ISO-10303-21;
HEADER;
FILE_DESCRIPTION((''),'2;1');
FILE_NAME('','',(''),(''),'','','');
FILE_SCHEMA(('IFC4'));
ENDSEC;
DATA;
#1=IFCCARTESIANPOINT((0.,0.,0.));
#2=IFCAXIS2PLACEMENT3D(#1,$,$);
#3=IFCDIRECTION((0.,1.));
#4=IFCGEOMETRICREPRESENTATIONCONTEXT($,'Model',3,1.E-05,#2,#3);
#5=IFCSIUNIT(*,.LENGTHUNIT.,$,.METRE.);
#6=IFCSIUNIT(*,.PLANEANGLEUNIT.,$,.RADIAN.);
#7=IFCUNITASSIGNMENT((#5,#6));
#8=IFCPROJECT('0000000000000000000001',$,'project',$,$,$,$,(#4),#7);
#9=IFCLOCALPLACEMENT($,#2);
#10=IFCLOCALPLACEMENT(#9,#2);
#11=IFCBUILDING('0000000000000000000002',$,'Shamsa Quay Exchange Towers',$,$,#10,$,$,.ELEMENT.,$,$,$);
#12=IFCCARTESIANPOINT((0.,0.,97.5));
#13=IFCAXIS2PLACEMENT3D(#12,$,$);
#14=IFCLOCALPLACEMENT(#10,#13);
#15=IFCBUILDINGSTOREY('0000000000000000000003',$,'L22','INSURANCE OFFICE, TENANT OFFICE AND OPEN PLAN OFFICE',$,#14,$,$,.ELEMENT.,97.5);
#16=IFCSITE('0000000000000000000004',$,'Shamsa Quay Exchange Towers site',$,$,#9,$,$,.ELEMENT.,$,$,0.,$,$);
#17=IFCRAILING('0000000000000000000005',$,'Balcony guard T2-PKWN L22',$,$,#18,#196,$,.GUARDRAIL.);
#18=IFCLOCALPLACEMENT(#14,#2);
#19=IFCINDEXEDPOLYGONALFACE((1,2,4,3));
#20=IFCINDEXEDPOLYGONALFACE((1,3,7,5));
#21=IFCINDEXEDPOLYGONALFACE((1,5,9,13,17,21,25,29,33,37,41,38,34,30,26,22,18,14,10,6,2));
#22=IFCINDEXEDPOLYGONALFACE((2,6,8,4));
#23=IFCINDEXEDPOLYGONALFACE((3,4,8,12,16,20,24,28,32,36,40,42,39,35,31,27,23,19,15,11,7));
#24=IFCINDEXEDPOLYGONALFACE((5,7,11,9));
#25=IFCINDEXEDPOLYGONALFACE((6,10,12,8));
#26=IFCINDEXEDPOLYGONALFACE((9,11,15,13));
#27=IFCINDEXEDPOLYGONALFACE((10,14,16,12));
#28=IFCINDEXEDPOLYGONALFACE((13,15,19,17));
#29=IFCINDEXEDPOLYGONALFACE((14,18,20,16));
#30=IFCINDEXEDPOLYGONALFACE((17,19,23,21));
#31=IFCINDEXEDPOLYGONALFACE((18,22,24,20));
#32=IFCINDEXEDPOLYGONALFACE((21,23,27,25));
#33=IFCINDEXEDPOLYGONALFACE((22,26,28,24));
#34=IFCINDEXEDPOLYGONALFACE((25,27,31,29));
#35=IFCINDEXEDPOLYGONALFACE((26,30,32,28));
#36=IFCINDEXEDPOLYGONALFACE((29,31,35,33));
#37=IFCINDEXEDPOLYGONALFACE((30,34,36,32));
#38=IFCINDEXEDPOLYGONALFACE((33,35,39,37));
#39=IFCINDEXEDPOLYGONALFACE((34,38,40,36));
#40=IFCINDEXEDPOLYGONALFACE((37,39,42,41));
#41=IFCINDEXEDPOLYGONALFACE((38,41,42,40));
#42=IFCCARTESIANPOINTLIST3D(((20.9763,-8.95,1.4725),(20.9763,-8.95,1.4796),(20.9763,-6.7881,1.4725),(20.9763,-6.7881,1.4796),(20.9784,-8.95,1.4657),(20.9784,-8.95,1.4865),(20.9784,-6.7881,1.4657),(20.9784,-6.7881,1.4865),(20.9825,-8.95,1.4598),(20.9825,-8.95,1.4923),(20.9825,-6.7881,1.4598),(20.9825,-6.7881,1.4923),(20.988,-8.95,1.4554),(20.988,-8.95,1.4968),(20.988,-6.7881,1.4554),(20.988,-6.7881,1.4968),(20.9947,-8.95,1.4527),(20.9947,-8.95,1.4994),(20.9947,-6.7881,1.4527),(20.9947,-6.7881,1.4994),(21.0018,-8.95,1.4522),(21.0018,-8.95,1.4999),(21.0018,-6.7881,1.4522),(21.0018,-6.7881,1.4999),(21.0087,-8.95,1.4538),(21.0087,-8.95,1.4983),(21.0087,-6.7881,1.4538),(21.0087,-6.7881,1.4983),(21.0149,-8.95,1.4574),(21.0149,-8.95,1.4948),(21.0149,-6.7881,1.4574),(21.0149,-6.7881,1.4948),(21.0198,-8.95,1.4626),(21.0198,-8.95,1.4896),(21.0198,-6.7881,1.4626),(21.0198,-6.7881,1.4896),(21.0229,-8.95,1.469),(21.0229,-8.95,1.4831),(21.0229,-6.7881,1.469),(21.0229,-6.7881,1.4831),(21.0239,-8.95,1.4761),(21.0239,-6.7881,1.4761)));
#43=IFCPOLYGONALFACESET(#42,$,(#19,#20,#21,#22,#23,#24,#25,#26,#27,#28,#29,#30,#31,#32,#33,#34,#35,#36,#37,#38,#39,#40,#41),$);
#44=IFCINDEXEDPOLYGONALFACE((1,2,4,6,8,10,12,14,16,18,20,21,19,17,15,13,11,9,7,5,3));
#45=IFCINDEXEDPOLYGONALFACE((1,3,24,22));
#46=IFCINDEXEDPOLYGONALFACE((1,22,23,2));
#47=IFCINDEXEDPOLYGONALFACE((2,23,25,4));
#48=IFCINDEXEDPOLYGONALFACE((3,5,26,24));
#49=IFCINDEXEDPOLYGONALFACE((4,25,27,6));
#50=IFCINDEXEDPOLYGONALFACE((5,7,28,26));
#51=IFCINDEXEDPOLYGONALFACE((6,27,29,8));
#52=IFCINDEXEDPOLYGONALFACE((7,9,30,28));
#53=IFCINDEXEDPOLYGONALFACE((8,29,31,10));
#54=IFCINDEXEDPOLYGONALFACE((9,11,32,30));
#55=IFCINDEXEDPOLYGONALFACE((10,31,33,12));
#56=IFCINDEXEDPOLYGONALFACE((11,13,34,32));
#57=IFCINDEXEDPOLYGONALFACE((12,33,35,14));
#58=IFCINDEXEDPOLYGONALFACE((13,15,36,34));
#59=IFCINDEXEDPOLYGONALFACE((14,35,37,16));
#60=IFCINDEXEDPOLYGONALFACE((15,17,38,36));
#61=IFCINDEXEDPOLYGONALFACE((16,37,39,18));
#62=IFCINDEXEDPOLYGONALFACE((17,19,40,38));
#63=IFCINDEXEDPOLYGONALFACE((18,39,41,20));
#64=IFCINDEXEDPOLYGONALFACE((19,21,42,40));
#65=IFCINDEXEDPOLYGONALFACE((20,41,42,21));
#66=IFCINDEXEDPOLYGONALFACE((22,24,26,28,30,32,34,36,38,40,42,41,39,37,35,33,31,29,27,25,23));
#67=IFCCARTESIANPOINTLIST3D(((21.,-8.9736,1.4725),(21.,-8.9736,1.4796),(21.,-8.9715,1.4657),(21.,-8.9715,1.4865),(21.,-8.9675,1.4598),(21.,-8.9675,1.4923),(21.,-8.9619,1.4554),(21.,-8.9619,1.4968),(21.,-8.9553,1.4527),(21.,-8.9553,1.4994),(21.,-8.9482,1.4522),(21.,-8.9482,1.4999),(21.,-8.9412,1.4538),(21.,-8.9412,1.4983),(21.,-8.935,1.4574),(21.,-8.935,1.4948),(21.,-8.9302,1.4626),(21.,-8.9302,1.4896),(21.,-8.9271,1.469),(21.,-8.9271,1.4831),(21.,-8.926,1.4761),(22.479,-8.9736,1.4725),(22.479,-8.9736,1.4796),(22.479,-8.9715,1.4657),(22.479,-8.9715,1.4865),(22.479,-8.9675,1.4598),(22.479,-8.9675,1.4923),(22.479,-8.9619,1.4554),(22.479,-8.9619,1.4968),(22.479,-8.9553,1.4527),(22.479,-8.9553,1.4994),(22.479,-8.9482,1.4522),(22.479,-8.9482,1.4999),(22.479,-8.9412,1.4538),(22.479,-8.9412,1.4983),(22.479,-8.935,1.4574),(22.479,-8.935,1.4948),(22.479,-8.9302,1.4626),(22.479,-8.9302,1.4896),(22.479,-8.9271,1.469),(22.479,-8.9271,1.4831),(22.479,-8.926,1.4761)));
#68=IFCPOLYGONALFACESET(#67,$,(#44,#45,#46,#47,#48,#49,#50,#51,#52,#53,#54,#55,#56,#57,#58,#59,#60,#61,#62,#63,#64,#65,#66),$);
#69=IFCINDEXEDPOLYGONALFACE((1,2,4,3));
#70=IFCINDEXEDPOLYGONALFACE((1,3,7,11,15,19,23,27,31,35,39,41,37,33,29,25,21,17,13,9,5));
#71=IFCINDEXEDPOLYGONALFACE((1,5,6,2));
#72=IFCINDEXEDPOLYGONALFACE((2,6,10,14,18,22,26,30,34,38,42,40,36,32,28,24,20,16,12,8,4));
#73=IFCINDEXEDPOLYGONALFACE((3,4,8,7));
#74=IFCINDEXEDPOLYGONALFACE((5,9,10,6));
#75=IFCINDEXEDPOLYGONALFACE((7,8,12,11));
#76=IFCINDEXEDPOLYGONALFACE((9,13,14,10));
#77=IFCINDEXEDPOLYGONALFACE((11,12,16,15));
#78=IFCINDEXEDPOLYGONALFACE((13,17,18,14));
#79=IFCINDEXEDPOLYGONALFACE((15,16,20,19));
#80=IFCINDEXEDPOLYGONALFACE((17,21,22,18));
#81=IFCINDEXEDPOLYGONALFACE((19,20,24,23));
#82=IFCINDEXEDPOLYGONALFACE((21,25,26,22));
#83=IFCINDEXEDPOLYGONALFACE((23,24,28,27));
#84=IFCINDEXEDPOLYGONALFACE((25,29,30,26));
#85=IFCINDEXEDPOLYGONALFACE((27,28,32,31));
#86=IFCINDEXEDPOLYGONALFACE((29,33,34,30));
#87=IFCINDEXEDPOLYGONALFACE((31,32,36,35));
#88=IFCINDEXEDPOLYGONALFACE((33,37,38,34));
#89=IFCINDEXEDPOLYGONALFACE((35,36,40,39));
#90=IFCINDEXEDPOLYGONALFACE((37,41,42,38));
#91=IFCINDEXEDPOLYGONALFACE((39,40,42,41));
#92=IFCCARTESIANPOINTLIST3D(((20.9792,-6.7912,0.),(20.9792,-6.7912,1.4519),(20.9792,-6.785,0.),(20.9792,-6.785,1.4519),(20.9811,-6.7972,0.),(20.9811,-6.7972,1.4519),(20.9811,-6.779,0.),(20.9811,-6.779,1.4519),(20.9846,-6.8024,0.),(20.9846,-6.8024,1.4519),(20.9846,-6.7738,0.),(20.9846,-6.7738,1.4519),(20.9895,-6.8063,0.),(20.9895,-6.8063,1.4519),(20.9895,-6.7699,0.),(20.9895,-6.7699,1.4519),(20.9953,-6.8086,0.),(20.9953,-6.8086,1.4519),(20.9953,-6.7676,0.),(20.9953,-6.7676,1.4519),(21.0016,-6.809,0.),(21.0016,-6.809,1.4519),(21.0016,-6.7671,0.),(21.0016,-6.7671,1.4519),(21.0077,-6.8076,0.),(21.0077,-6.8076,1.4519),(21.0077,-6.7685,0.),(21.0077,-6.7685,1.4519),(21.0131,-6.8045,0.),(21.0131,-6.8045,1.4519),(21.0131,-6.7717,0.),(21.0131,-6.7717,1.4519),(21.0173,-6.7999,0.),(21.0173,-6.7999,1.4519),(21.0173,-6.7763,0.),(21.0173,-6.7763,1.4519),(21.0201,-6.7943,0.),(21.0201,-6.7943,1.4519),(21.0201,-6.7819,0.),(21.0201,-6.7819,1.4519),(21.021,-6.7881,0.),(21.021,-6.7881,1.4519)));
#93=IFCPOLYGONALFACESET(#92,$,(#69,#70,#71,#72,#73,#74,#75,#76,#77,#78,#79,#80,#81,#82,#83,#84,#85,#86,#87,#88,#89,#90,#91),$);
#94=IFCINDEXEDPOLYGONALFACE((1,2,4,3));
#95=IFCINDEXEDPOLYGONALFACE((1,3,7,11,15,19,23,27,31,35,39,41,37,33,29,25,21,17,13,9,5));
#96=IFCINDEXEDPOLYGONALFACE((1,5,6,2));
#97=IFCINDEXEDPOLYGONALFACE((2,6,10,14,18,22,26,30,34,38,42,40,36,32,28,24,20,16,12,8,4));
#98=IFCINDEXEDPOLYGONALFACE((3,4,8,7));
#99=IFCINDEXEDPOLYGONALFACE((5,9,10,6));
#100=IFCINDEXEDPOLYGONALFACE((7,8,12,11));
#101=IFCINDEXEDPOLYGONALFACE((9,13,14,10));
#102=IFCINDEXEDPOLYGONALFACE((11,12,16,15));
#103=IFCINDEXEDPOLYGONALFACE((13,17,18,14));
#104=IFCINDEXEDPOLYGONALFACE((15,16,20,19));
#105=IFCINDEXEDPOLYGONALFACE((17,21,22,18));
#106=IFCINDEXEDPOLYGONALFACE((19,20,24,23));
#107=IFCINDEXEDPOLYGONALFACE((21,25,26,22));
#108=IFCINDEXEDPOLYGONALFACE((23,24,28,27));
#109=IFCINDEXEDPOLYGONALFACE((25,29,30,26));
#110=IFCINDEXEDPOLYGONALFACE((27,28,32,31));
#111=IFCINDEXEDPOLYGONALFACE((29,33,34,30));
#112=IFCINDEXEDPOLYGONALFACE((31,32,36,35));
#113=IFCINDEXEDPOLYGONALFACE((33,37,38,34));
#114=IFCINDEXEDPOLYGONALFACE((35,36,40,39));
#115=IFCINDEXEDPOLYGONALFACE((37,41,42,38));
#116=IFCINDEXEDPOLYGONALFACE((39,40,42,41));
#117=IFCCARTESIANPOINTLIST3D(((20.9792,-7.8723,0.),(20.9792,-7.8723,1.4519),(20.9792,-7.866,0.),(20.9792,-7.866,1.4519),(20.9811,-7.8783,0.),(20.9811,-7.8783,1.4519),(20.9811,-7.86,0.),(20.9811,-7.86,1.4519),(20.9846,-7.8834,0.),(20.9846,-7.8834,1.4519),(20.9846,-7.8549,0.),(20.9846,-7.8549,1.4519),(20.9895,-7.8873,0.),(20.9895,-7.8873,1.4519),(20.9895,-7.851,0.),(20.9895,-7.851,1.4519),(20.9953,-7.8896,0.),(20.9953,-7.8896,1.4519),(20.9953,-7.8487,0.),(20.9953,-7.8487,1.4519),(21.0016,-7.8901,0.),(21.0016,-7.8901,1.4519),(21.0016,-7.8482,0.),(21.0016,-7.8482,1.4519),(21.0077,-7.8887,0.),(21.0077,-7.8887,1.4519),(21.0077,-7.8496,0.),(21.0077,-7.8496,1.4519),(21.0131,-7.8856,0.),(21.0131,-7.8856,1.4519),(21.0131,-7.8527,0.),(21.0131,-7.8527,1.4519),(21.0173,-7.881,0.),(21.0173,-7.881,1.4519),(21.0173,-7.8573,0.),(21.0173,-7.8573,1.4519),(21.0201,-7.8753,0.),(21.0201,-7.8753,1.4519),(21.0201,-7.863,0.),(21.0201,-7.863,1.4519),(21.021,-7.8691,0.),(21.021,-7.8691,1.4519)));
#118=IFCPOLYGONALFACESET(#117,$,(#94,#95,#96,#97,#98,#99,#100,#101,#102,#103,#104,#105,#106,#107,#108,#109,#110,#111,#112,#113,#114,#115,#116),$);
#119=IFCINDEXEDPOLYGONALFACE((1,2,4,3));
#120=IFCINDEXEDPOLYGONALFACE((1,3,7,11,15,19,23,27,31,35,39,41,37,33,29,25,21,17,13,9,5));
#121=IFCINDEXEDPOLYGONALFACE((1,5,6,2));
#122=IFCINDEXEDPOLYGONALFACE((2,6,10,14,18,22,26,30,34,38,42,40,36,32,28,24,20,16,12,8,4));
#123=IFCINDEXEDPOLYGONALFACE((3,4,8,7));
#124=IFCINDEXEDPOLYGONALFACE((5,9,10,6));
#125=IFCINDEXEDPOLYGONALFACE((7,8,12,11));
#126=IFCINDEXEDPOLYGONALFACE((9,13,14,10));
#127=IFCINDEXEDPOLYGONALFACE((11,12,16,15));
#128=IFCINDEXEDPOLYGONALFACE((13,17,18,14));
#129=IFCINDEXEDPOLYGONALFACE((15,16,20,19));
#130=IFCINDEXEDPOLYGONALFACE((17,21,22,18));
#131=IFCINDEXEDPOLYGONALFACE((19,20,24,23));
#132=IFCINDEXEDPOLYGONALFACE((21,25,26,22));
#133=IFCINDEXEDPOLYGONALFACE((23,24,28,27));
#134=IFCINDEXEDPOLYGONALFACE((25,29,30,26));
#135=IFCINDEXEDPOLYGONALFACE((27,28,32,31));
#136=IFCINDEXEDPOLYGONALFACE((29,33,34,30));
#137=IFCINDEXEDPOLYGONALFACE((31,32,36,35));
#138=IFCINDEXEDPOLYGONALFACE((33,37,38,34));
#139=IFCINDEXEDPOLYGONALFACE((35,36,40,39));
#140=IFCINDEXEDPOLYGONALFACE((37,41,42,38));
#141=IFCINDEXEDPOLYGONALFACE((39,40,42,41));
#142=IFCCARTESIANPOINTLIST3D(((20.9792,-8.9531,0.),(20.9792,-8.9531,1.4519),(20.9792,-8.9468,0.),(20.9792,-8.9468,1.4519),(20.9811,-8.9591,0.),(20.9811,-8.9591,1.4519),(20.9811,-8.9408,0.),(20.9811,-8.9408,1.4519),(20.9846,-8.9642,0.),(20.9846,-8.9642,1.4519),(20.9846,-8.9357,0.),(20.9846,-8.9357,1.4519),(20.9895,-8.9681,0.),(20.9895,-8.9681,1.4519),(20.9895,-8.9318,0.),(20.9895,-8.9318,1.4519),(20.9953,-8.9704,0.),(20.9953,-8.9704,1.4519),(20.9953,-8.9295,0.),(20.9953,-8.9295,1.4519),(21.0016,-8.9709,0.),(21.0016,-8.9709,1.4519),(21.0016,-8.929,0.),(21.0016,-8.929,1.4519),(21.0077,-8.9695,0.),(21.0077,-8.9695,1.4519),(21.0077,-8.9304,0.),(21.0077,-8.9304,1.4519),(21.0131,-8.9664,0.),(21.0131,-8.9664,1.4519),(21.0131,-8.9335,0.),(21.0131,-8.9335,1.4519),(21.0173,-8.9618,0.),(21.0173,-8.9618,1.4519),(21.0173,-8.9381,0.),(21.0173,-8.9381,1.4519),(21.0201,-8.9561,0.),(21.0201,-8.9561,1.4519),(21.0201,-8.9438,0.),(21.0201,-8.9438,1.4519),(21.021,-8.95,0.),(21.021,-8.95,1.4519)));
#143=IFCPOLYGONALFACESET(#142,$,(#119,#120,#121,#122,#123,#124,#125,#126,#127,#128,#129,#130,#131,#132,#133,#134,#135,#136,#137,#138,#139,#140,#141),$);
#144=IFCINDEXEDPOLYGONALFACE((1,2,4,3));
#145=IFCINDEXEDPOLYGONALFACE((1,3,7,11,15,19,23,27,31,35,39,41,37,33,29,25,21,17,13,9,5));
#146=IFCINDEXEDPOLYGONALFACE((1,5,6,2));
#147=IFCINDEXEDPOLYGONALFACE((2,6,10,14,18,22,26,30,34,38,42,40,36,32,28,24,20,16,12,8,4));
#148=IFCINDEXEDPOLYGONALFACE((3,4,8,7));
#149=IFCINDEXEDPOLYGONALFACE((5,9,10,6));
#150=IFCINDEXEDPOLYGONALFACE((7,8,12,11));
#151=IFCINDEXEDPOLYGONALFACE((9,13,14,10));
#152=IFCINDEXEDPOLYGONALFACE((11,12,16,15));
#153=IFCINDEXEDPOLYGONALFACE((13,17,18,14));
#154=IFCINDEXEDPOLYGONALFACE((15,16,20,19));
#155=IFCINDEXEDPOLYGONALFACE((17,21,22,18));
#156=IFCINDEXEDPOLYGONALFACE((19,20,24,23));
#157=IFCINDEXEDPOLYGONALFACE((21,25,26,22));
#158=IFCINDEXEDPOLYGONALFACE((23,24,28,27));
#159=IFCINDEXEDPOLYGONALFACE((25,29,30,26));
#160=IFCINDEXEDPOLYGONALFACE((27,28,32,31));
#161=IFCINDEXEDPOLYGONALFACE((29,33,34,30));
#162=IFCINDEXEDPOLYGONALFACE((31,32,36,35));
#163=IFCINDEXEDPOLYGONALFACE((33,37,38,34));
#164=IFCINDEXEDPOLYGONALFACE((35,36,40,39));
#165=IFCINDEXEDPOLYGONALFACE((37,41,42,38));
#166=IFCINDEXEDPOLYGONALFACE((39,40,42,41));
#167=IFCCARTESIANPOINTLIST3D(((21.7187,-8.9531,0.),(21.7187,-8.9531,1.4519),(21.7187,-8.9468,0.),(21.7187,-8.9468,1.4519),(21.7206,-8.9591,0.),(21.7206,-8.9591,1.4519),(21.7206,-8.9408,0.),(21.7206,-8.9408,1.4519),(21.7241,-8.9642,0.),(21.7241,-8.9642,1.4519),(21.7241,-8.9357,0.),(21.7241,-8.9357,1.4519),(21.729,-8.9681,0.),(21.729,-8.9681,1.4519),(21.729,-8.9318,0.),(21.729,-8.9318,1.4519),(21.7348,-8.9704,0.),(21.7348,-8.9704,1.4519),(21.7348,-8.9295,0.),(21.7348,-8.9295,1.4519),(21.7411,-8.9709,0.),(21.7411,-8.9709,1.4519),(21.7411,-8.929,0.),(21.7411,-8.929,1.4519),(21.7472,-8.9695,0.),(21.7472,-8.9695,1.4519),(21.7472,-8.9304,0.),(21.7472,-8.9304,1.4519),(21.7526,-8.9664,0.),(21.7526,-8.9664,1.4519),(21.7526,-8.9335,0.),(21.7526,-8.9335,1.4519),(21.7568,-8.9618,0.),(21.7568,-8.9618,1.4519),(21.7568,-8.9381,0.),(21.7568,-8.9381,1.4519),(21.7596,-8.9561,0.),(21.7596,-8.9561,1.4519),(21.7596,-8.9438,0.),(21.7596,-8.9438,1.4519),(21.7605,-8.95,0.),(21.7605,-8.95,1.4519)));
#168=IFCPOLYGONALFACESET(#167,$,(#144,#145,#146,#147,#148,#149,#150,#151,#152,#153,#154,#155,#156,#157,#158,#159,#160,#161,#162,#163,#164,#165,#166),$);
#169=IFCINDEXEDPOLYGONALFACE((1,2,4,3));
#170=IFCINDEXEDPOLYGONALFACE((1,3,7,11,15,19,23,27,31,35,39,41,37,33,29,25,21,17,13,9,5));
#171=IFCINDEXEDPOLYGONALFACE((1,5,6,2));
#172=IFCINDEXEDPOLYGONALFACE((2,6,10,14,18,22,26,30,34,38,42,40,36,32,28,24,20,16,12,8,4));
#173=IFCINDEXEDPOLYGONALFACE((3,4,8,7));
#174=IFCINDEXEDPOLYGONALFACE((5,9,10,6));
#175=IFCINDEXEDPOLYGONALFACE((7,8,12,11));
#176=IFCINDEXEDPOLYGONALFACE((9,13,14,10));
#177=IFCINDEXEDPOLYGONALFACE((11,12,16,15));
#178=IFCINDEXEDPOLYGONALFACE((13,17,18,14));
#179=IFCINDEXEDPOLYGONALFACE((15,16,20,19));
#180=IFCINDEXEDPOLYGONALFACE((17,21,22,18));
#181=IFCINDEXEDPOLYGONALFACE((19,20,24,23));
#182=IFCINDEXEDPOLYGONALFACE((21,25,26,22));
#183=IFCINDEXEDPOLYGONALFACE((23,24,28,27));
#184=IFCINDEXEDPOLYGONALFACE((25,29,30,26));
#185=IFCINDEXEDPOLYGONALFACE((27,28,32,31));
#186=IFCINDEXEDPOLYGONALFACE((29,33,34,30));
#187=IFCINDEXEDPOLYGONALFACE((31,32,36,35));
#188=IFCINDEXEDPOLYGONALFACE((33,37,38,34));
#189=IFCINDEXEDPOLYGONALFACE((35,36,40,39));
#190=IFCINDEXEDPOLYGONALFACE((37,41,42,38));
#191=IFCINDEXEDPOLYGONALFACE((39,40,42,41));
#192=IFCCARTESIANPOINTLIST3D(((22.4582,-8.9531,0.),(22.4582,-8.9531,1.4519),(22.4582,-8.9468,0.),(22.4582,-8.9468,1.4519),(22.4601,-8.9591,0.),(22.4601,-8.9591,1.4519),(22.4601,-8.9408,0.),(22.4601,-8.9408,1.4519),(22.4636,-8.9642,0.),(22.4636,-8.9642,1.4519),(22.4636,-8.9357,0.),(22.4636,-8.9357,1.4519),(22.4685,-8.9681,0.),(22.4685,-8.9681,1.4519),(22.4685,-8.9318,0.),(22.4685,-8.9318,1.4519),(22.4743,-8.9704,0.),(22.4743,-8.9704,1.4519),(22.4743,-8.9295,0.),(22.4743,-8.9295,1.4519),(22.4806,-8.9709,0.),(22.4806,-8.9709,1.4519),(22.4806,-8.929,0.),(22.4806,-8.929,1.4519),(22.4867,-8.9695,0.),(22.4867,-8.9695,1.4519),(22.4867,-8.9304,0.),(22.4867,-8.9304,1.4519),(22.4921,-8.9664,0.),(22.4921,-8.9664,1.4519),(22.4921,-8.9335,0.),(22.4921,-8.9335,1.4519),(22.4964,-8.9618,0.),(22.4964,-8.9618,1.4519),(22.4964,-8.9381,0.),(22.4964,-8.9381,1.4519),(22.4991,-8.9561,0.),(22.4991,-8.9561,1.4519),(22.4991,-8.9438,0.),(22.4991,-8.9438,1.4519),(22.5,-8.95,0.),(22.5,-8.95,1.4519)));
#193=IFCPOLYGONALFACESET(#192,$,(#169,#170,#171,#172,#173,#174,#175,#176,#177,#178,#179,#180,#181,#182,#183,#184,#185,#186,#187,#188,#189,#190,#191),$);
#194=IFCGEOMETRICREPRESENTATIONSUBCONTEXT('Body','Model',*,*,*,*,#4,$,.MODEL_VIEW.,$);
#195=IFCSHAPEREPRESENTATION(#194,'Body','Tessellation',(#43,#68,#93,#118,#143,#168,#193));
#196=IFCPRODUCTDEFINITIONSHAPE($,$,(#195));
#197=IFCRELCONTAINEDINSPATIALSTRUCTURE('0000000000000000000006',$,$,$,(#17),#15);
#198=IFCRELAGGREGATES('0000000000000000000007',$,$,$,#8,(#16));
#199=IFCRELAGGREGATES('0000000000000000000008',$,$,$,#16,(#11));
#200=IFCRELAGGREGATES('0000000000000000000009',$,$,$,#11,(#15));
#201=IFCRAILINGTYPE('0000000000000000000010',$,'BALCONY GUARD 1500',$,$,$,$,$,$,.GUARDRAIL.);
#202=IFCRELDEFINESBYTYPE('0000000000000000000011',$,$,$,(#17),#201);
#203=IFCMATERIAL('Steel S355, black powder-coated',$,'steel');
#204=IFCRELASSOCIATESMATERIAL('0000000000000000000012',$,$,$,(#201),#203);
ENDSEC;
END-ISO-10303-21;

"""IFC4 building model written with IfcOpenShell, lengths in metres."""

from ifc_helpers import new_model, si_unit, direction, frame, origin, origin_2d, place, context, subcontext, project, spatial, circle, extrude, material, type_object, element, save


model = new_model("IFC4")

# Units and contexts
model_context = context("Model", 3, precision=1e-05, world=origin(), true_north=direction((0.0, 1.0)))
body_context = subcontext(model_context, "Body", "Model", "MODEL_VIEW")
ifc_project = project(units=[si_unit("LENGTHUNIT", "METRE"), si_unit("PLANEANGLEUNIT", "RADIAN")], contexts=[model_context])

# Site, building, storey
site_placement = place(None, origin())
site = spatial("IfcSite", under=ifc_project, at=site_placement, Name="Shamsa Quay Exchange Towers site", CompositionType="ELEMENT", RefElevation=0.0)
building_placement = place(site_placement, origin())
building = spatial("IfcBuilding", under=site, at=building_placement, Name="Shamsa Quay Exchange Towers", CompositionType="ELEMENT")
storey_placement = place(building_placement, frame((0.0, 0.0, 97.5)))
storey = spatial("IfcBuildingStorey", under=building, at=storey_placement, Name="L22", Description="INSURANCE OFFICE, TENANT OFFICE AND OPEN PLAN OFFICE", CompositionType="ELEMENT", Elevation=97.5)

# Railing
ifc_material_1 = material(Name="Steel S355, black powder-coated", Category="steel")
railing_type_1 = type_object("IfcRailingType", Name="BALCONY GUARD 1500", PredefinedType="GUARDRAIL", material=ifc_material_1)
for number, where, name in (
    (1, (21.0, -6.7881, 0.0), "Balcony guard T2-PKWN L22"),
):
    element("IfcRailing", number, at=place(storey_placement, frame(where)), inside=storey, type_object=railing_type_1, Name=name, PredefinedType="GUARDRAIL", context=body_context, shape_type="SweptSolid", body=[
        extrude(circle(Radius=0.0239, at=origin_2d()), frame((0.0, 0.0, 1.4761), z_axis=(0.0, -1.0, 0.0), x_axis=(1.0, 0.0, 0.0)), (0.0, 0.0, 1.0), 2.1619),
        extrude(circle(Radius=0.0239, at=origin_2d()), frame((0.0, -2.1619, 1.4761), z_axis=(1.0, 0.0, 0.0), x_axis=(0.0, 1.0, 0.0)), (0.0, 0.0, 1.0), 1.479),
        extrude(circle(Radius=0.021, at=origin_2d()), origin(), (0.0, 0.0, 1.0), 1.4519),
        extrude(circle(Radius=0.021, at=origin_2d()), frame((0.0, -1.0811, 0.0)), (0.0, 0.0, 1.0), 1.4519),
        extrude(circle(Radius=0.021, at=origin_2d()), frame((0.0, -2.1619, 0.0)), (0.0, 0.0, 1.0), 1.4519),
        extrude(circle(Radius=0.021, at=origin_2d()), frame((0.7395, -2.1619, 0.0)), (0.0, 0.0, 1.0), 1.4519),
        extrude(circle(Radius=0.021, at=origin_2d()), frame((1.479, -2.1619, 0.0)), (0.0, 0.0, 1.0), 1.4519),
    ])

save(model, "model.ifc")
